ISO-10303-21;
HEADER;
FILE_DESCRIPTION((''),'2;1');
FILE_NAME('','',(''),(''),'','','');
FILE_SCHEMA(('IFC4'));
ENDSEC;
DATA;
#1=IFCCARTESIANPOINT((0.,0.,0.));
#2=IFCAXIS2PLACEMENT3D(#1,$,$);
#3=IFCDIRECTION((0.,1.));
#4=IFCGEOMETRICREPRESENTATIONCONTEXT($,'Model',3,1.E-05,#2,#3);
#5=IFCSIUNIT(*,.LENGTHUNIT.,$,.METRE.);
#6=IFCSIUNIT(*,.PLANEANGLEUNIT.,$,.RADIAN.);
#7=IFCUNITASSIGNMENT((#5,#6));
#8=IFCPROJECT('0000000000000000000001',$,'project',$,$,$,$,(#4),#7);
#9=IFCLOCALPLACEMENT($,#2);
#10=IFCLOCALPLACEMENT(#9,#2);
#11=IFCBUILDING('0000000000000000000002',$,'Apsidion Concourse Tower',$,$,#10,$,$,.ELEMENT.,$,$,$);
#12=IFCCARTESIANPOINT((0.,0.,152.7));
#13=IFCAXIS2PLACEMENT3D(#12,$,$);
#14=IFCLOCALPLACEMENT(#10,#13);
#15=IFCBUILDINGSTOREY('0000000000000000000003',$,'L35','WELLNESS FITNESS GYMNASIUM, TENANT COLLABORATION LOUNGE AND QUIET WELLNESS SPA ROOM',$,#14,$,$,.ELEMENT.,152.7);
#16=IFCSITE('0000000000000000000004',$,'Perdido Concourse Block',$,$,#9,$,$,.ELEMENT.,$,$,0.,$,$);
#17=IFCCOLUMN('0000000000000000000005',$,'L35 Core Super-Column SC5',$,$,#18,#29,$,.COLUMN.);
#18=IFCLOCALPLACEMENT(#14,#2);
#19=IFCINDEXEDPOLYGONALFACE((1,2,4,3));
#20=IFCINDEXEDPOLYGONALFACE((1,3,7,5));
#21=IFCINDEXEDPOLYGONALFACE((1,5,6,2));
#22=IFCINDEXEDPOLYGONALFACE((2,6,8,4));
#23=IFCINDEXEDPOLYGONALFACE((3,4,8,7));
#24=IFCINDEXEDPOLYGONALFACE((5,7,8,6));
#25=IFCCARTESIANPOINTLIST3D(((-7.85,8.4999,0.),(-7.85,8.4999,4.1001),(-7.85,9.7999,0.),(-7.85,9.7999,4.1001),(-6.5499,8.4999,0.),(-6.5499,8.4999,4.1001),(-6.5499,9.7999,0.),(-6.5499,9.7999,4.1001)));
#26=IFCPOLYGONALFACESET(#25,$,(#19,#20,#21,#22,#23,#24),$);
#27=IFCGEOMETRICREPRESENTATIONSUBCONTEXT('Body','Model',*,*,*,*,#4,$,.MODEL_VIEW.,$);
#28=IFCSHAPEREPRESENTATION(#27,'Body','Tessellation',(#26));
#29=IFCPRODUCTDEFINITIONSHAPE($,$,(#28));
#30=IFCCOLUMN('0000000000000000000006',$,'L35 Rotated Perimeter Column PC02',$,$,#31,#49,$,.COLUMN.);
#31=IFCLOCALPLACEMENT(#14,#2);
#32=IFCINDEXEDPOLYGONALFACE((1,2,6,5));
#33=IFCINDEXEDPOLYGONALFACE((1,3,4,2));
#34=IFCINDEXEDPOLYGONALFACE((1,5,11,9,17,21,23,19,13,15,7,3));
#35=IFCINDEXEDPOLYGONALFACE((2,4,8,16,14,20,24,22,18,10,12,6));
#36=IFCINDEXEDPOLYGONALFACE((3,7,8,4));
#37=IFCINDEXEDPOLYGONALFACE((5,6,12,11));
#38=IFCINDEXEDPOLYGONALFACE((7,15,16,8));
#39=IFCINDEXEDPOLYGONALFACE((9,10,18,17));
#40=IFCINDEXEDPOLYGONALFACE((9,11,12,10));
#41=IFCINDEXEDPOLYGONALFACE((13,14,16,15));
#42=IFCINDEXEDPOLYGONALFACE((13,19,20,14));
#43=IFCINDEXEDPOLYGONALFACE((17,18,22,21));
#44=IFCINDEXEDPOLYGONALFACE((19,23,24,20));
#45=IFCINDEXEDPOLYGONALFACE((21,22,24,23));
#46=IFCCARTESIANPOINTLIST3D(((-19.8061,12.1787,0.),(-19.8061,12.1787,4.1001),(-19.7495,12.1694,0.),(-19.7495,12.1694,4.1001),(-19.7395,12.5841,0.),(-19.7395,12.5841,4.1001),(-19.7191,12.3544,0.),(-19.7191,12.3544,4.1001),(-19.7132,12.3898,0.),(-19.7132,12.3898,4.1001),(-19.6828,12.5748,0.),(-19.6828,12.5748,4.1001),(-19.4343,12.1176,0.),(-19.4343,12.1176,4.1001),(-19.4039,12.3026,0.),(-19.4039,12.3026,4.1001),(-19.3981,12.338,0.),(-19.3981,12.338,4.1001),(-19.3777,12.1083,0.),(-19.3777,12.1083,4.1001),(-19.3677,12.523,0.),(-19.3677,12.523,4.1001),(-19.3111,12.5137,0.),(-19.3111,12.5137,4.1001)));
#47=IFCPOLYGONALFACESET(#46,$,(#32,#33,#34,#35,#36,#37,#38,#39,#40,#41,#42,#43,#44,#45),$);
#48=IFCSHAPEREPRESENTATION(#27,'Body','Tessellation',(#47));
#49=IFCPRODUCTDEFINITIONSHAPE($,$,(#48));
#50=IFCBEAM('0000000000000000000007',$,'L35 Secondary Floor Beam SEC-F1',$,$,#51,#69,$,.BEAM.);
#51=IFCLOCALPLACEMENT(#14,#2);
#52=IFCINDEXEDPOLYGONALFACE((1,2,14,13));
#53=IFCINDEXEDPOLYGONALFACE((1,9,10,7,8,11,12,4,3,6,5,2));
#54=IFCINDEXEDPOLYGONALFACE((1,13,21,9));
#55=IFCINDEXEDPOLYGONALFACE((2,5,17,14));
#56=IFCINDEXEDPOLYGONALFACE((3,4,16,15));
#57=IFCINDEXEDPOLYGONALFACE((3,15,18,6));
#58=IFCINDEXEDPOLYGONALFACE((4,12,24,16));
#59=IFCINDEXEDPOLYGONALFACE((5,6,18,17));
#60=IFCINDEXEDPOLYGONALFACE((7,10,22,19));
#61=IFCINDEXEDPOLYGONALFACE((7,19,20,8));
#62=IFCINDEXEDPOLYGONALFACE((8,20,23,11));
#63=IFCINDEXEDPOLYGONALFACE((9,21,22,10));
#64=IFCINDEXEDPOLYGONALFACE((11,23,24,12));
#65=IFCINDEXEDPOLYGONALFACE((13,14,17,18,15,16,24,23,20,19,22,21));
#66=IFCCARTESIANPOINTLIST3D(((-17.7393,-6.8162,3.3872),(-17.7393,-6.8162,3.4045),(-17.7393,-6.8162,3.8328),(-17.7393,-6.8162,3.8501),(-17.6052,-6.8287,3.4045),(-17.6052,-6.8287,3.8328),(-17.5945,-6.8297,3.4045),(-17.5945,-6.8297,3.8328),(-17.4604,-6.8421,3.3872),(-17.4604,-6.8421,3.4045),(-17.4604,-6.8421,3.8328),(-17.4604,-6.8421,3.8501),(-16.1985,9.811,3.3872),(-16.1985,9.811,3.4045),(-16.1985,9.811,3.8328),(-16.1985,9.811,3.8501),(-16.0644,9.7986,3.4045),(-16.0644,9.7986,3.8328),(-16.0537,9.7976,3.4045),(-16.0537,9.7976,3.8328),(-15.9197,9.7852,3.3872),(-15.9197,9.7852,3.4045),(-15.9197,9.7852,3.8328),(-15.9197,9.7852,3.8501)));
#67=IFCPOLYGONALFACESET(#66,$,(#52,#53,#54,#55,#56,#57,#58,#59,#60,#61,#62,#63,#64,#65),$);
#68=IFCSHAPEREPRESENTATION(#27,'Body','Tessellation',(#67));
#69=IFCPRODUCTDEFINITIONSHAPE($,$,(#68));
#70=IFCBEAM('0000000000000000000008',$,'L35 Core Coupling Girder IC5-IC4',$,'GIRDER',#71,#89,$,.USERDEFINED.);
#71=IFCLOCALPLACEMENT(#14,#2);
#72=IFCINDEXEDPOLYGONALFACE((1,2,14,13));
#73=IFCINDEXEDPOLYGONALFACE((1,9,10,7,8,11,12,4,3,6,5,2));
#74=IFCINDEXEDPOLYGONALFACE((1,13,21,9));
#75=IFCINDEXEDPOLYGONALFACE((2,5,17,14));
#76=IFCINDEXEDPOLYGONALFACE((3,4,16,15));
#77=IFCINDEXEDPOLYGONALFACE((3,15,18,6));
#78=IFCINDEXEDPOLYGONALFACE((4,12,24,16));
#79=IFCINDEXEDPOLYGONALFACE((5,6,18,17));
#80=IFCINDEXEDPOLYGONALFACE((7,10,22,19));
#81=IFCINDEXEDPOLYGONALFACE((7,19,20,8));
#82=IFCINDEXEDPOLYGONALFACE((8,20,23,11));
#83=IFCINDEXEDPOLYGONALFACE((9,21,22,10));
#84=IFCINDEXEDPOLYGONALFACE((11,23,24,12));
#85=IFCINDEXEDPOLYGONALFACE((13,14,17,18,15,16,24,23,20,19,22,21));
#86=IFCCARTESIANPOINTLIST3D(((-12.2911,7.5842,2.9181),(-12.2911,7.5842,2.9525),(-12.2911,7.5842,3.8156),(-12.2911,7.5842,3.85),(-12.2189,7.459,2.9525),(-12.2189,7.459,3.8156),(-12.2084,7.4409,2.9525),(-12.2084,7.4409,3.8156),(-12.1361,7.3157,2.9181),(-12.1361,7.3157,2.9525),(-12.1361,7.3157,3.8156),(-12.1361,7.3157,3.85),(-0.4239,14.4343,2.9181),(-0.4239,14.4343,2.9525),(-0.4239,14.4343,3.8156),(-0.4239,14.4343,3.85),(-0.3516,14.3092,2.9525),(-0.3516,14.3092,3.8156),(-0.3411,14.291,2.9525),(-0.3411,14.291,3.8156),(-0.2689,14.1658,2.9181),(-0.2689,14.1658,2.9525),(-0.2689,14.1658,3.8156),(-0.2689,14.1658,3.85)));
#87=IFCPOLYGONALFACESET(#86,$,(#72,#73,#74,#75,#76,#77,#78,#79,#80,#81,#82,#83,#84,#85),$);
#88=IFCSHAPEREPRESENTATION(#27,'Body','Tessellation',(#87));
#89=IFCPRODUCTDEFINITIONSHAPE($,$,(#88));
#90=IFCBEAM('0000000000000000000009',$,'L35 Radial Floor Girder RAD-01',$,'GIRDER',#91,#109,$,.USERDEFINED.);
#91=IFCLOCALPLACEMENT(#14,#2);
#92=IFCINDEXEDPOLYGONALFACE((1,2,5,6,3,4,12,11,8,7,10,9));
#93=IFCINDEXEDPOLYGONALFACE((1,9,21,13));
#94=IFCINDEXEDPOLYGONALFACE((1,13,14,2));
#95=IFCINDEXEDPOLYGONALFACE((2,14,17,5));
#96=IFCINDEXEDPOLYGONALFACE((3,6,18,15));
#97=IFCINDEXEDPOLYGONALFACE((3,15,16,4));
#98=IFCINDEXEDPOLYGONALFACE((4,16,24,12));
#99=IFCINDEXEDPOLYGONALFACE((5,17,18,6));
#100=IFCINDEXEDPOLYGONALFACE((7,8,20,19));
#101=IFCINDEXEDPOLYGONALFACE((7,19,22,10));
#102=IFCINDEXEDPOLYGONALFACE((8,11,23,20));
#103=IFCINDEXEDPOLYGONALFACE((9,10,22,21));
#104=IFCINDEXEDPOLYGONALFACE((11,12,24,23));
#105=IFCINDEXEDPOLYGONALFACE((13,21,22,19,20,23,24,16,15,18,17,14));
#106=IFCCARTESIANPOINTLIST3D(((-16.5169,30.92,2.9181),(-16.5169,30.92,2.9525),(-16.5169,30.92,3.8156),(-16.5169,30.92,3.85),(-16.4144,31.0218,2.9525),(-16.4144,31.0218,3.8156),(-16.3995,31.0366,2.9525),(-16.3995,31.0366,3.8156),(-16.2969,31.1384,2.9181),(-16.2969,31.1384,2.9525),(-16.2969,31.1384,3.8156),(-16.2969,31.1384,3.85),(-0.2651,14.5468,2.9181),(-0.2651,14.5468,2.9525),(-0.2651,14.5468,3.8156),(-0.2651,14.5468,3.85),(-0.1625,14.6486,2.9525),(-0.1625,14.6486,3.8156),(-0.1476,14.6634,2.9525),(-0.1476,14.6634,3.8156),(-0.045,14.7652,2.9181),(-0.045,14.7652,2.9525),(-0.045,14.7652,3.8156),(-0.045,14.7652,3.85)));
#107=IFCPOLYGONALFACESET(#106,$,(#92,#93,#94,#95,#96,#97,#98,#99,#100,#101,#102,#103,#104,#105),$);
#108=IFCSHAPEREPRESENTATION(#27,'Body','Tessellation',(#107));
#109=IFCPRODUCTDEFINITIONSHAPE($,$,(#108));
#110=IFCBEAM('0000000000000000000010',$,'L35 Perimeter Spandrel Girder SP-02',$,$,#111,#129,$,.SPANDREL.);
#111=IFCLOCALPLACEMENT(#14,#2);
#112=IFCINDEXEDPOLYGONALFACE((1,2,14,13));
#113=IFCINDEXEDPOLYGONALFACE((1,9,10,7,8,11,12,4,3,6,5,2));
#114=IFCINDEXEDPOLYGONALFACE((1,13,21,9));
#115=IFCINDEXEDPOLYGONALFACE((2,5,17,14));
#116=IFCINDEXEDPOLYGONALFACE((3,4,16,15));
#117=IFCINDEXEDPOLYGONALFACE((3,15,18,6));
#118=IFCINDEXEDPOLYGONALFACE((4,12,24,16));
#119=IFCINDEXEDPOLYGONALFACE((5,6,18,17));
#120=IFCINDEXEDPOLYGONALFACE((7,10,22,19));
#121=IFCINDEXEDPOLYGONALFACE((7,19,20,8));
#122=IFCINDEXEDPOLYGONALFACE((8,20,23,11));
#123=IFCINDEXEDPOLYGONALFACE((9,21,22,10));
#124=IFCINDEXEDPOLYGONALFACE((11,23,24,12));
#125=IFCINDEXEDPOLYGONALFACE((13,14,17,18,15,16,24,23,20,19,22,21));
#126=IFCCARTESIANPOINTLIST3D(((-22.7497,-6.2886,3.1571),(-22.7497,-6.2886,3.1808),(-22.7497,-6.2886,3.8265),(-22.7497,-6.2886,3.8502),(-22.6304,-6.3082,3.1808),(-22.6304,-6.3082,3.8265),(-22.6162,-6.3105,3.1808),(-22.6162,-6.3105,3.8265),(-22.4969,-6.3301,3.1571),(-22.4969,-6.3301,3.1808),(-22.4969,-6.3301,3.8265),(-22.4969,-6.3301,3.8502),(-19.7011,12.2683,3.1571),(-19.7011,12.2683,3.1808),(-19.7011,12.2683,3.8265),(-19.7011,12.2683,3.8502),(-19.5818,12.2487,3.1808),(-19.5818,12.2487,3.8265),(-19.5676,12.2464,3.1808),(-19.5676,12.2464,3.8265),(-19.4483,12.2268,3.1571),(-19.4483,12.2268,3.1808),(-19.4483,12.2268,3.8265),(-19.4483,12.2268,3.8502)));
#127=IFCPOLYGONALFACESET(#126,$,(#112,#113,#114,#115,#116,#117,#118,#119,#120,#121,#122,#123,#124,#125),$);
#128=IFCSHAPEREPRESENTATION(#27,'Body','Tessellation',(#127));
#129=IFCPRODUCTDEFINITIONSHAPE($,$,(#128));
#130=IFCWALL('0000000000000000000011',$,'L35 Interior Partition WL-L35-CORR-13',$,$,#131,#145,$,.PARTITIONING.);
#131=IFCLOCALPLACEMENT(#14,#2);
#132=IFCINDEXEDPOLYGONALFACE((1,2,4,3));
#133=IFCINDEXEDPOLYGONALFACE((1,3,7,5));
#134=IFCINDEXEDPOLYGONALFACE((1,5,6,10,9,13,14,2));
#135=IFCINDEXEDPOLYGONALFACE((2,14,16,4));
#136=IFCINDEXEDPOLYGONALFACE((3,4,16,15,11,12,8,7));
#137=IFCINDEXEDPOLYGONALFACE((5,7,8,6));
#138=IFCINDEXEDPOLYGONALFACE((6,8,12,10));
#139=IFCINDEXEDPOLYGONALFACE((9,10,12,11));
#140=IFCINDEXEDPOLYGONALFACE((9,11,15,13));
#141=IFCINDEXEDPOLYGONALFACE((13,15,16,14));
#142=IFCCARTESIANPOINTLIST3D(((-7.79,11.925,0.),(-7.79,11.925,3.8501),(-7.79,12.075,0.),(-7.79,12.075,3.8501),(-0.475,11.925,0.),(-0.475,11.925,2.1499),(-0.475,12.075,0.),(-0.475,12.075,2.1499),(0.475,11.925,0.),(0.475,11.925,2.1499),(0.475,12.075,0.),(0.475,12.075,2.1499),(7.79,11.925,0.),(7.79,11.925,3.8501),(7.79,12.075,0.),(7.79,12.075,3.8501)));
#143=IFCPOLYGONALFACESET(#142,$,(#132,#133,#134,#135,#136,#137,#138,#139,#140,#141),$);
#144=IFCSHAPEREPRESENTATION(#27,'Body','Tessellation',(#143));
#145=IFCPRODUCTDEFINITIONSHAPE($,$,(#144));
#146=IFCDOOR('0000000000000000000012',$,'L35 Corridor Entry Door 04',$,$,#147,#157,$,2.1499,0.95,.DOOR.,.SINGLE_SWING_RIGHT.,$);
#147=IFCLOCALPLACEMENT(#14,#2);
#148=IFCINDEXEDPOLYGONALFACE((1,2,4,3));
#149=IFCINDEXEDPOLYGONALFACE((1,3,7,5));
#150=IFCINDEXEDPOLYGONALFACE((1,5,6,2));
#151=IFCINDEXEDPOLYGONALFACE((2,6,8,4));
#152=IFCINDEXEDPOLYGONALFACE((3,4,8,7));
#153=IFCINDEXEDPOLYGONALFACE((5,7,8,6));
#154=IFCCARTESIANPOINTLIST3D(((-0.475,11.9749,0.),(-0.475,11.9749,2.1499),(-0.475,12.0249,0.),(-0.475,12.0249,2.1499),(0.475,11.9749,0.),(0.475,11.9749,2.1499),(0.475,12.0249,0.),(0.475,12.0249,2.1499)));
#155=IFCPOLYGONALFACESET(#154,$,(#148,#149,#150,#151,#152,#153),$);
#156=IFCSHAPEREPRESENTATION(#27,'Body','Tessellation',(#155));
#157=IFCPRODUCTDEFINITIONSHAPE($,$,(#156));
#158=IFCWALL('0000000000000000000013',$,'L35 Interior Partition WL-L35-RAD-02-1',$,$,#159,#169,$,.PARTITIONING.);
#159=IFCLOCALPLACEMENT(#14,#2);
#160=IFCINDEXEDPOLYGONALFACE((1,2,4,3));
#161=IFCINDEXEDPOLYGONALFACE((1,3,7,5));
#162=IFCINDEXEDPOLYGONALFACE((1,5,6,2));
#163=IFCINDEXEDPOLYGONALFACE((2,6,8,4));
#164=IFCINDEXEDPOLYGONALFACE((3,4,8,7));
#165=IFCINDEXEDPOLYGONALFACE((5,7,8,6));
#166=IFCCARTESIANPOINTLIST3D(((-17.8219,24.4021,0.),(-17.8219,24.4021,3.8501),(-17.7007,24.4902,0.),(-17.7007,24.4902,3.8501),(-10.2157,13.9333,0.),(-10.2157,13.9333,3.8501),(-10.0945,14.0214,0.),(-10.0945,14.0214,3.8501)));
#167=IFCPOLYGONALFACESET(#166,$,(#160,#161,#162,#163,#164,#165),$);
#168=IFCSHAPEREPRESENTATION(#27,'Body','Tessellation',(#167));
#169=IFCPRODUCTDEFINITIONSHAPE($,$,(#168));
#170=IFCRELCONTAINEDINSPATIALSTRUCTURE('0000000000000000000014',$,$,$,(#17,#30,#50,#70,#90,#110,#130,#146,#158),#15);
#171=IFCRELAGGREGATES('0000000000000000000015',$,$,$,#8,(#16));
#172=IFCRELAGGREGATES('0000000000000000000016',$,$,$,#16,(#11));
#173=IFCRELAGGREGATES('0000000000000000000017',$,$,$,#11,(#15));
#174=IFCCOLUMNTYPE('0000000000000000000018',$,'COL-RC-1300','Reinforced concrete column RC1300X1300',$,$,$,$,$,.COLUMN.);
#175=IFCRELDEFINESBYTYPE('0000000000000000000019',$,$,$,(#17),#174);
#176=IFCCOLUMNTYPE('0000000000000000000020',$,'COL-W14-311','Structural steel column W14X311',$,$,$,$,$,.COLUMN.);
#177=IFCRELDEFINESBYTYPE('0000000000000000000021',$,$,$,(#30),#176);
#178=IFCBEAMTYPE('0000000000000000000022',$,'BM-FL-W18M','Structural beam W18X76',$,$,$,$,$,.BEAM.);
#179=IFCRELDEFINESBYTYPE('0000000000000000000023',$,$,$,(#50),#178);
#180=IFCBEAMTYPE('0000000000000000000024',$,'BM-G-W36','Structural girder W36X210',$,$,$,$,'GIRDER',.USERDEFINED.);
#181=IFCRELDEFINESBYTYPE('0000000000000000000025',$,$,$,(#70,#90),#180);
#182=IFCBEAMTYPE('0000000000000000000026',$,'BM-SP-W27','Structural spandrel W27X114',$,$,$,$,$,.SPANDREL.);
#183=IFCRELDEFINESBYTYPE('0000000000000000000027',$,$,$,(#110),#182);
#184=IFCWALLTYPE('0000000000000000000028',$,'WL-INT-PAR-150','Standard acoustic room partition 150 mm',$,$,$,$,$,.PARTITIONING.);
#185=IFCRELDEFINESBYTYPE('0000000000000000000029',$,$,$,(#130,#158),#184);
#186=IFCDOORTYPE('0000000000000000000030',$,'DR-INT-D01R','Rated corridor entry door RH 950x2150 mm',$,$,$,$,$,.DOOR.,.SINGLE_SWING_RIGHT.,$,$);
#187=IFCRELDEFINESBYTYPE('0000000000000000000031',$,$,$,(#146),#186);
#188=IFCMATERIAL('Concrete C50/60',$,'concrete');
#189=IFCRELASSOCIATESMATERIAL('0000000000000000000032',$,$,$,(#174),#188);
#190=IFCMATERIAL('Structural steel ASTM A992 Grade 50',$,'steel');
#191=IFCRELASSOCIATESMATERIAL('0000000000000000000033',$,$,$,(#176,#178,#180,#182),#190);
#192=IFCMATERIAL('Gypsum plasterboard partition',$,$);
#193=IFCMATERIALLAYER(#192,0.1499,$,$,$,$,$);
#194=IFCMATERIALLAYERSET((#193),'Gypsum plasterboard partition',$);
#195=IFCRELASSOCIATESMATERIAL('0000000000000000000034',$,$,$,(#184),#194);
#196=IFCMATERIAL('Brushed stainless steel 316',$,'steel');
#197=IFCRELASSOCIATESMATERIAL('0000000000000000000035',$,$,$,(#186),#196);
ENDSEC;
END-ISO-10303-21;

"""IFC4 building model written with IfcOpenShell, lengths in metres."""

from ifc_helpers import new_model, si_unit, direction, frame, frame_2d, origin, origin_2d, place, context, subcontext, project, spatial, rectangle, i_section, extrude, material, layer, layer_set, material_profile, profile_set, type_object, element, fill, save


model = new_model("IFC4")

# Units and contexts
model_context = context("Model", 3, precision=1e-05, world=origin(), true_north=direction((0.0, 1.0)))
body_context = subcontext(model_context, "Body", "Model", "MODEL_VIEW")
ifc_project = project(units=[si_unit("LENGTHUNIT", "METRE"), si_unit("PLANEANGLEUNIT", "RADIAN")], contexts=[model_context])

# Site, building, storey
site_placement = place(None, origin())
site = spatial("IfcSite", under=ifc_project, at=site_placement, Name="Perdido Concourse Block", CompositionType="ELEMENT", RefElevation=0.0)
building_placement = place(site_placement, origin())
building = spatial("IfcBuilding", under=site, at=building_placement, Name="Apsidion Concourse Tower", CompositionType="ELEMENT")
storey_placement = place(building_placement, frame((0.0, 0.0, 152.7)))
storey = spatial("IfcBuildingStorey", under=building, at=storey_placement, Name="L35", Description="WELLNESS FITNESS GYMNASIUM, TENANT COLLABORATION LOUNGE AND QUIET WELLNESS SPA ROOM", CompositionType="ELEMENT", Elevation=152.7)

# Columns
ifc_material_1 = material(Name="Concrete C50/60", Category="concrete")
ifc_material_profile_1 = material_profile(ifc_material_1, rectangle(XDim=1.3, YDim=1.3, at=origin_2d()), Name="RC 1300x1300")
ifc_profile_set_1 = profile_set([ifc_material_profile_1], Name="Concrete C50/60")
column_type_1 = type_object("IfcColumnType", Name="COL-RC-1300", Description="Reinforced concrete column RC1300X1300", PredefinedType="COLUMN", material=ifc_profile_set_1)
column_1_placement = place(storey_placement, frame((-7.2, 9.1499, 0.0), z_axis=(0.0, 0.0, 1.0), x_axis=(1.0, 0.0, 0.0)))
element("IfcColumn", 1, at=column_1_placement, inside=storey, type_object=column_type_1, Name="L35 Core Super-Column SC5", PredefinedType="COLUMN", context=body_context, shape_type="SweptSolid", body=[
    extrude(rectangle(XDim=1.3, YDim=1.3, at=origin_2d()), origin(), (0.0, 0.0, 1.0), 4.1001),
])
ifc_material_2 = material(Name="Structural steel ASTM A992 Grade 50", Category="steel")
ifc_material_profile_2 = material_profile(ifc_material_2, i_section(OverallWidth=0.4109, OverallDepth=0.4341, WebThickness=0.0359, FlangeThickness=0.0574, at=origin_2d()), Name="W14X311")
ifc_profile_set_2 = profile_set([ifc_material_profile_2], Name="Structural steel ASTM A992 Grade 50")
column_type_2 = type_object("IfcColumnType", Name="COL-W14-311", Description="Structural steel column W14X311", PredefinedType="COLUMN", material=ifc_profile_set_2)
column_2_placement = place(storey_placement, frame((-19.5586, 12.3462, 0.0), z_axis=(0.0, 0.0, 1.0), x_axis=(0.162121, 0.986771, 0.0)))
element("IfcColumn", 2, at=column_2_placement, inside=storey, type_object=column_type_2, Name="L35 Rotated Perimeter Column PC02", PredefinedType="COLUMN", context=body_context, shape_type="SweptSolid", body=[
    extrude(i_section(OverallWidth=0.4109, OverallDepth=0.4341, WebThickness=0.0359, FlangeThickness=0.0574, at=origin_2d()), origin(), (0.0, 0.0, 1.0), 4.1001),
])

# Beams
ifc_material_profile_3 = material_profile(ifc_material_2, i_section(OverallWidth=0.28, OverallDepth=0.4629, WebThickness=0.0107, FlangeThickness=0.0173, at=origin_2d()), Name="W18X76")
ifc_profile_set_3 = profile_set([ifc_material_profile_3], Name="Structural steel ASTM A992 Grade 50")
beam_type_1 = type_object("IfcBeamType", Name="BM-FL-W18M", Description="Structural beam W18X76", PredefinedType="BEAM", material=ifc_profile_set_3)
beam_1_placement = place(storey_placement, frame((-16.0591, 9.7981, 3.6187), z_axis=(-0.09227, -0.995734, 0.0), x_axis=(0.995734, -0.09227, 0.0)))
element("IfcBeam", 3, at=beam_1_placement, inside=storey, type_object=beam_type_1, Name="L35 Secondary Floor Beam SEC-F1", PredefinedType="BEAM", context=body_context, shape_type="SweptSolid", body=[
    extrude(i_section(OverallWidth=0.28, OverallDepth=0.4629, WebThickness=0.0107, FlangeThickness=0.0173, at=origin_2d()), origin(), (0.0, 0.0, 1.0), 16.6985),
])
ifc_material_profile_4 = material_profile(ifc_material_2, i_section(OverallWidth=0.3101, OverallDepth=0.9319, WebThickness=0.021, FlangeThickness=0.0344, at=origin_2d()), Name="W36X210")
ifc_profile_set_4 = profile_set([ifc_material_profile_4], Name="Structural steel ASTM A992 Grade 50")
beam_type_2 = type_object("IfcBeamType", Name="BM-G-W36", Description="Structural girder W36X210", ElementType="GIRDER", PredefinedType="USERDEFINED", material=ifc_profile_set_4)
beam_2_placement = place(storey_placement, frame((-12.2136, 7.45, 3.384), z_axis=(0.86607, 0.499922, 0.0), x_axis=(-0.499922, 0.86607, 0.0)))
element("IfcBeam", 4, at=beam_2_placement, inside=storey, type_object=beam_type_2, Name="L35 Core Coupling Girder IC5-IC4", ObjectType="GIRDER", PredefinedType="USERDEFINED", context=body_context, shape_type="SweptSolid", body=[
    extrude(i_section(OverallWidth=0.3101, OverallDepth=0.9319, WebThickness=0.021, FlangeThickness=0.0344, at=origin_2d()), origin(), (0.0, 0.0, 1.0), 13.7024),
])
beam_3_placement = place(storey_placement, frame((-0.155, 14.656, 3.384), z_axis=(-0.704472, 0.709732, 0.0), x_axis=(-0.709732, -0.704472, 0.0)))
element("IfcBeam", 5, at=beam_3_placement, inside=storey, type_object=beam_type_2, Name="L35 Radial Floor Girder RAD-01", ObjectType="GIRDER", PredefinedType="USERDEFINED", context=body_context, shape_type="SweptSolid", body=[
    extrude(i_section(OverallWidth=0.3101, OverallDepth=0.9319, WebThickness=0.021, FlangeThickness=0.0344, at=origin_2d()), origin(), (0.0, 0.0, 1.0), 23.0696),
])
ifc_material_profile_5 = material_profile(ifc_material_2, i_section(OverallWidth=0.2561, OverallDepth=0.6931, WebThickness=0.0144, FlangeThickness=0.0237, at=origin_2d()), Name="W27X114")
ifc_profile_set_5 = profile_set([ifc_material_profile_5], Name="Structural steel ASTM A992 Grade 50")
beam_type_3 = type_object("IfcBeamType", Name="BM-SP-W27", Description="Structural spandrel W27X114", PredefinedType="SPANDREL", material=ifc_profile_set_5)
beam_4_placement = place(storey_placement, frame((-19.5747, 12.2476, 3.5037), z_axis=(-0.16211, -0.986773, 0.0), x_axis=(0.986773, -0.16211, 0.0)))
element("IfcBeam", 6, at=beam_4_placement, inside=storey, type_object=beam_type_3, Name="L35 Perimeter Spandrel Girder SP-02", PredefinedType="SPANDREL", context=body_context, shape_type="SweptSolid", body=[
    extrude(i_section(OverallWidth=0.2561, OverallDepth=0.6931, WebThickness=0.0144, FlangeThickness=0.0237, at=origin_2d()), origin(), (0.0, 0.0, 1.0), 18.8057),
])

# Wall, opening, door
ifc_material_3 = material(Name="Gypsum plasterboard partition")
ifc_layer_1 = layer(ifc_material_3, 0.1499)
ifc_layer_set_1 = layer_set([ifc_layer_1], Name="Gypsum plasterboard partition")
wall_type_1 = type_object("IfcWallType", Name="WL-INT-PAR-150", Description="Standard acoustic room partition 150 mm", PredefinedType="PARTITIONING", material=ifc_layer_set_1)
wall_1_placement = place(storey_placement, frame((-7.79, 12.0, 0.0), z_axis=(0.0, 0.0, 1.0), x_axis=(1.0, 0.0, 0.0)))
wall_1 = element("IfcWall", 7, at=wall_1_placement, inside=storey, type_object=wall_type_1, Name="L35 Interior Partition WL-L35-CORR-13", PredefinedType="PARTITIONING", context=body_context, shape_type="SweptSolid", body=[
    extrude(rectangle(XDim=15.5801, YDim=0.1499, at=frame_2d((7.79, 0.0))), origin(), (0.0, 0.0, 1.0), 3.8501),
])
opening_1_placement = place(wall_1_placement, frame((7.3149, 0.0, 0.0)))
opening_1 = element("IfcOpeningElement", 8, at=opening_1_placement, cuts=wall_1, PredefinedType="OPENING", context=body_context, shape_type="SweptSolid", body=[
    extrude(rectangle(XDim=0.95, YDim=2.1499, at=frame_2d((0.4751, 1.075))), frame((0.0, 0.085, 0.0), z_axis=(0.0, -1.0, 0.0), x_axis=(1.0, 0.0, 0.0)), (0.0, 0.0, 1.0), 0.1699),
])
ifc_material_4 = material(Name="Brushed stainless steel 316", Category="steel")
door_type_1 = type_object("IfcDoorType", Name="DR-INT-D01R", Description="Rated corridor entry door RH 950x2150 mm", OperationType="SINGLE_SWING_RIGHT", PredefinedType="DOOR", material=ifc_material_4)
door_1_placement = place(opening_1_placement, origin())
door_1 = element("IfcDoor", 9, at=door_1_placement, inside=storey, type_object=door_type_1, Name="L35 Corridor Entry Door 04", OperationType="SINGLE_SWING_RIGHT", OverallHeight=2.1499, OverallWidth=0.95, PredefinedType="DOOR", context=body_context, shape_type="SweptSolid", body=[
    extrude(rectangle(XDim=0.95, YDim=2.1499, at=frame_2d((0.4751, 1.075))), frame((0.0, 0.0249, 0.0), z_axis=(0.0, -1.0, 0.0), x_axis=(1.0, 0.0, 0.0)), (0.0, 0.0, 1.0), 0.05),
])
fill(opening_1, door_1)

# Wall
wall_2_placement = place(storey_placement, frame((-10.155, 13.9773, 0.0), z_axis=(0.0, 0.0, 1.0), x_axis=(-0.587796, 0.809009, 0.0)))
element("IfcWall", 10, at=wall_2_placement, inside=storey, type_object=wall_type_1, Name="L35 Interior Partition WL-L35-RAD-02-1", PredefinedType="PARTITIONING", context=body_context, shape_type="SweptSolid", body=[
    extrude(rectangle(XDim=12.9402, YDim=0.1499, at=frame_2d((6.4702, 0.0))), origin(), (0.0, 0.0, 1.0), 3.8501),
])

save(model, "model.ifc")
